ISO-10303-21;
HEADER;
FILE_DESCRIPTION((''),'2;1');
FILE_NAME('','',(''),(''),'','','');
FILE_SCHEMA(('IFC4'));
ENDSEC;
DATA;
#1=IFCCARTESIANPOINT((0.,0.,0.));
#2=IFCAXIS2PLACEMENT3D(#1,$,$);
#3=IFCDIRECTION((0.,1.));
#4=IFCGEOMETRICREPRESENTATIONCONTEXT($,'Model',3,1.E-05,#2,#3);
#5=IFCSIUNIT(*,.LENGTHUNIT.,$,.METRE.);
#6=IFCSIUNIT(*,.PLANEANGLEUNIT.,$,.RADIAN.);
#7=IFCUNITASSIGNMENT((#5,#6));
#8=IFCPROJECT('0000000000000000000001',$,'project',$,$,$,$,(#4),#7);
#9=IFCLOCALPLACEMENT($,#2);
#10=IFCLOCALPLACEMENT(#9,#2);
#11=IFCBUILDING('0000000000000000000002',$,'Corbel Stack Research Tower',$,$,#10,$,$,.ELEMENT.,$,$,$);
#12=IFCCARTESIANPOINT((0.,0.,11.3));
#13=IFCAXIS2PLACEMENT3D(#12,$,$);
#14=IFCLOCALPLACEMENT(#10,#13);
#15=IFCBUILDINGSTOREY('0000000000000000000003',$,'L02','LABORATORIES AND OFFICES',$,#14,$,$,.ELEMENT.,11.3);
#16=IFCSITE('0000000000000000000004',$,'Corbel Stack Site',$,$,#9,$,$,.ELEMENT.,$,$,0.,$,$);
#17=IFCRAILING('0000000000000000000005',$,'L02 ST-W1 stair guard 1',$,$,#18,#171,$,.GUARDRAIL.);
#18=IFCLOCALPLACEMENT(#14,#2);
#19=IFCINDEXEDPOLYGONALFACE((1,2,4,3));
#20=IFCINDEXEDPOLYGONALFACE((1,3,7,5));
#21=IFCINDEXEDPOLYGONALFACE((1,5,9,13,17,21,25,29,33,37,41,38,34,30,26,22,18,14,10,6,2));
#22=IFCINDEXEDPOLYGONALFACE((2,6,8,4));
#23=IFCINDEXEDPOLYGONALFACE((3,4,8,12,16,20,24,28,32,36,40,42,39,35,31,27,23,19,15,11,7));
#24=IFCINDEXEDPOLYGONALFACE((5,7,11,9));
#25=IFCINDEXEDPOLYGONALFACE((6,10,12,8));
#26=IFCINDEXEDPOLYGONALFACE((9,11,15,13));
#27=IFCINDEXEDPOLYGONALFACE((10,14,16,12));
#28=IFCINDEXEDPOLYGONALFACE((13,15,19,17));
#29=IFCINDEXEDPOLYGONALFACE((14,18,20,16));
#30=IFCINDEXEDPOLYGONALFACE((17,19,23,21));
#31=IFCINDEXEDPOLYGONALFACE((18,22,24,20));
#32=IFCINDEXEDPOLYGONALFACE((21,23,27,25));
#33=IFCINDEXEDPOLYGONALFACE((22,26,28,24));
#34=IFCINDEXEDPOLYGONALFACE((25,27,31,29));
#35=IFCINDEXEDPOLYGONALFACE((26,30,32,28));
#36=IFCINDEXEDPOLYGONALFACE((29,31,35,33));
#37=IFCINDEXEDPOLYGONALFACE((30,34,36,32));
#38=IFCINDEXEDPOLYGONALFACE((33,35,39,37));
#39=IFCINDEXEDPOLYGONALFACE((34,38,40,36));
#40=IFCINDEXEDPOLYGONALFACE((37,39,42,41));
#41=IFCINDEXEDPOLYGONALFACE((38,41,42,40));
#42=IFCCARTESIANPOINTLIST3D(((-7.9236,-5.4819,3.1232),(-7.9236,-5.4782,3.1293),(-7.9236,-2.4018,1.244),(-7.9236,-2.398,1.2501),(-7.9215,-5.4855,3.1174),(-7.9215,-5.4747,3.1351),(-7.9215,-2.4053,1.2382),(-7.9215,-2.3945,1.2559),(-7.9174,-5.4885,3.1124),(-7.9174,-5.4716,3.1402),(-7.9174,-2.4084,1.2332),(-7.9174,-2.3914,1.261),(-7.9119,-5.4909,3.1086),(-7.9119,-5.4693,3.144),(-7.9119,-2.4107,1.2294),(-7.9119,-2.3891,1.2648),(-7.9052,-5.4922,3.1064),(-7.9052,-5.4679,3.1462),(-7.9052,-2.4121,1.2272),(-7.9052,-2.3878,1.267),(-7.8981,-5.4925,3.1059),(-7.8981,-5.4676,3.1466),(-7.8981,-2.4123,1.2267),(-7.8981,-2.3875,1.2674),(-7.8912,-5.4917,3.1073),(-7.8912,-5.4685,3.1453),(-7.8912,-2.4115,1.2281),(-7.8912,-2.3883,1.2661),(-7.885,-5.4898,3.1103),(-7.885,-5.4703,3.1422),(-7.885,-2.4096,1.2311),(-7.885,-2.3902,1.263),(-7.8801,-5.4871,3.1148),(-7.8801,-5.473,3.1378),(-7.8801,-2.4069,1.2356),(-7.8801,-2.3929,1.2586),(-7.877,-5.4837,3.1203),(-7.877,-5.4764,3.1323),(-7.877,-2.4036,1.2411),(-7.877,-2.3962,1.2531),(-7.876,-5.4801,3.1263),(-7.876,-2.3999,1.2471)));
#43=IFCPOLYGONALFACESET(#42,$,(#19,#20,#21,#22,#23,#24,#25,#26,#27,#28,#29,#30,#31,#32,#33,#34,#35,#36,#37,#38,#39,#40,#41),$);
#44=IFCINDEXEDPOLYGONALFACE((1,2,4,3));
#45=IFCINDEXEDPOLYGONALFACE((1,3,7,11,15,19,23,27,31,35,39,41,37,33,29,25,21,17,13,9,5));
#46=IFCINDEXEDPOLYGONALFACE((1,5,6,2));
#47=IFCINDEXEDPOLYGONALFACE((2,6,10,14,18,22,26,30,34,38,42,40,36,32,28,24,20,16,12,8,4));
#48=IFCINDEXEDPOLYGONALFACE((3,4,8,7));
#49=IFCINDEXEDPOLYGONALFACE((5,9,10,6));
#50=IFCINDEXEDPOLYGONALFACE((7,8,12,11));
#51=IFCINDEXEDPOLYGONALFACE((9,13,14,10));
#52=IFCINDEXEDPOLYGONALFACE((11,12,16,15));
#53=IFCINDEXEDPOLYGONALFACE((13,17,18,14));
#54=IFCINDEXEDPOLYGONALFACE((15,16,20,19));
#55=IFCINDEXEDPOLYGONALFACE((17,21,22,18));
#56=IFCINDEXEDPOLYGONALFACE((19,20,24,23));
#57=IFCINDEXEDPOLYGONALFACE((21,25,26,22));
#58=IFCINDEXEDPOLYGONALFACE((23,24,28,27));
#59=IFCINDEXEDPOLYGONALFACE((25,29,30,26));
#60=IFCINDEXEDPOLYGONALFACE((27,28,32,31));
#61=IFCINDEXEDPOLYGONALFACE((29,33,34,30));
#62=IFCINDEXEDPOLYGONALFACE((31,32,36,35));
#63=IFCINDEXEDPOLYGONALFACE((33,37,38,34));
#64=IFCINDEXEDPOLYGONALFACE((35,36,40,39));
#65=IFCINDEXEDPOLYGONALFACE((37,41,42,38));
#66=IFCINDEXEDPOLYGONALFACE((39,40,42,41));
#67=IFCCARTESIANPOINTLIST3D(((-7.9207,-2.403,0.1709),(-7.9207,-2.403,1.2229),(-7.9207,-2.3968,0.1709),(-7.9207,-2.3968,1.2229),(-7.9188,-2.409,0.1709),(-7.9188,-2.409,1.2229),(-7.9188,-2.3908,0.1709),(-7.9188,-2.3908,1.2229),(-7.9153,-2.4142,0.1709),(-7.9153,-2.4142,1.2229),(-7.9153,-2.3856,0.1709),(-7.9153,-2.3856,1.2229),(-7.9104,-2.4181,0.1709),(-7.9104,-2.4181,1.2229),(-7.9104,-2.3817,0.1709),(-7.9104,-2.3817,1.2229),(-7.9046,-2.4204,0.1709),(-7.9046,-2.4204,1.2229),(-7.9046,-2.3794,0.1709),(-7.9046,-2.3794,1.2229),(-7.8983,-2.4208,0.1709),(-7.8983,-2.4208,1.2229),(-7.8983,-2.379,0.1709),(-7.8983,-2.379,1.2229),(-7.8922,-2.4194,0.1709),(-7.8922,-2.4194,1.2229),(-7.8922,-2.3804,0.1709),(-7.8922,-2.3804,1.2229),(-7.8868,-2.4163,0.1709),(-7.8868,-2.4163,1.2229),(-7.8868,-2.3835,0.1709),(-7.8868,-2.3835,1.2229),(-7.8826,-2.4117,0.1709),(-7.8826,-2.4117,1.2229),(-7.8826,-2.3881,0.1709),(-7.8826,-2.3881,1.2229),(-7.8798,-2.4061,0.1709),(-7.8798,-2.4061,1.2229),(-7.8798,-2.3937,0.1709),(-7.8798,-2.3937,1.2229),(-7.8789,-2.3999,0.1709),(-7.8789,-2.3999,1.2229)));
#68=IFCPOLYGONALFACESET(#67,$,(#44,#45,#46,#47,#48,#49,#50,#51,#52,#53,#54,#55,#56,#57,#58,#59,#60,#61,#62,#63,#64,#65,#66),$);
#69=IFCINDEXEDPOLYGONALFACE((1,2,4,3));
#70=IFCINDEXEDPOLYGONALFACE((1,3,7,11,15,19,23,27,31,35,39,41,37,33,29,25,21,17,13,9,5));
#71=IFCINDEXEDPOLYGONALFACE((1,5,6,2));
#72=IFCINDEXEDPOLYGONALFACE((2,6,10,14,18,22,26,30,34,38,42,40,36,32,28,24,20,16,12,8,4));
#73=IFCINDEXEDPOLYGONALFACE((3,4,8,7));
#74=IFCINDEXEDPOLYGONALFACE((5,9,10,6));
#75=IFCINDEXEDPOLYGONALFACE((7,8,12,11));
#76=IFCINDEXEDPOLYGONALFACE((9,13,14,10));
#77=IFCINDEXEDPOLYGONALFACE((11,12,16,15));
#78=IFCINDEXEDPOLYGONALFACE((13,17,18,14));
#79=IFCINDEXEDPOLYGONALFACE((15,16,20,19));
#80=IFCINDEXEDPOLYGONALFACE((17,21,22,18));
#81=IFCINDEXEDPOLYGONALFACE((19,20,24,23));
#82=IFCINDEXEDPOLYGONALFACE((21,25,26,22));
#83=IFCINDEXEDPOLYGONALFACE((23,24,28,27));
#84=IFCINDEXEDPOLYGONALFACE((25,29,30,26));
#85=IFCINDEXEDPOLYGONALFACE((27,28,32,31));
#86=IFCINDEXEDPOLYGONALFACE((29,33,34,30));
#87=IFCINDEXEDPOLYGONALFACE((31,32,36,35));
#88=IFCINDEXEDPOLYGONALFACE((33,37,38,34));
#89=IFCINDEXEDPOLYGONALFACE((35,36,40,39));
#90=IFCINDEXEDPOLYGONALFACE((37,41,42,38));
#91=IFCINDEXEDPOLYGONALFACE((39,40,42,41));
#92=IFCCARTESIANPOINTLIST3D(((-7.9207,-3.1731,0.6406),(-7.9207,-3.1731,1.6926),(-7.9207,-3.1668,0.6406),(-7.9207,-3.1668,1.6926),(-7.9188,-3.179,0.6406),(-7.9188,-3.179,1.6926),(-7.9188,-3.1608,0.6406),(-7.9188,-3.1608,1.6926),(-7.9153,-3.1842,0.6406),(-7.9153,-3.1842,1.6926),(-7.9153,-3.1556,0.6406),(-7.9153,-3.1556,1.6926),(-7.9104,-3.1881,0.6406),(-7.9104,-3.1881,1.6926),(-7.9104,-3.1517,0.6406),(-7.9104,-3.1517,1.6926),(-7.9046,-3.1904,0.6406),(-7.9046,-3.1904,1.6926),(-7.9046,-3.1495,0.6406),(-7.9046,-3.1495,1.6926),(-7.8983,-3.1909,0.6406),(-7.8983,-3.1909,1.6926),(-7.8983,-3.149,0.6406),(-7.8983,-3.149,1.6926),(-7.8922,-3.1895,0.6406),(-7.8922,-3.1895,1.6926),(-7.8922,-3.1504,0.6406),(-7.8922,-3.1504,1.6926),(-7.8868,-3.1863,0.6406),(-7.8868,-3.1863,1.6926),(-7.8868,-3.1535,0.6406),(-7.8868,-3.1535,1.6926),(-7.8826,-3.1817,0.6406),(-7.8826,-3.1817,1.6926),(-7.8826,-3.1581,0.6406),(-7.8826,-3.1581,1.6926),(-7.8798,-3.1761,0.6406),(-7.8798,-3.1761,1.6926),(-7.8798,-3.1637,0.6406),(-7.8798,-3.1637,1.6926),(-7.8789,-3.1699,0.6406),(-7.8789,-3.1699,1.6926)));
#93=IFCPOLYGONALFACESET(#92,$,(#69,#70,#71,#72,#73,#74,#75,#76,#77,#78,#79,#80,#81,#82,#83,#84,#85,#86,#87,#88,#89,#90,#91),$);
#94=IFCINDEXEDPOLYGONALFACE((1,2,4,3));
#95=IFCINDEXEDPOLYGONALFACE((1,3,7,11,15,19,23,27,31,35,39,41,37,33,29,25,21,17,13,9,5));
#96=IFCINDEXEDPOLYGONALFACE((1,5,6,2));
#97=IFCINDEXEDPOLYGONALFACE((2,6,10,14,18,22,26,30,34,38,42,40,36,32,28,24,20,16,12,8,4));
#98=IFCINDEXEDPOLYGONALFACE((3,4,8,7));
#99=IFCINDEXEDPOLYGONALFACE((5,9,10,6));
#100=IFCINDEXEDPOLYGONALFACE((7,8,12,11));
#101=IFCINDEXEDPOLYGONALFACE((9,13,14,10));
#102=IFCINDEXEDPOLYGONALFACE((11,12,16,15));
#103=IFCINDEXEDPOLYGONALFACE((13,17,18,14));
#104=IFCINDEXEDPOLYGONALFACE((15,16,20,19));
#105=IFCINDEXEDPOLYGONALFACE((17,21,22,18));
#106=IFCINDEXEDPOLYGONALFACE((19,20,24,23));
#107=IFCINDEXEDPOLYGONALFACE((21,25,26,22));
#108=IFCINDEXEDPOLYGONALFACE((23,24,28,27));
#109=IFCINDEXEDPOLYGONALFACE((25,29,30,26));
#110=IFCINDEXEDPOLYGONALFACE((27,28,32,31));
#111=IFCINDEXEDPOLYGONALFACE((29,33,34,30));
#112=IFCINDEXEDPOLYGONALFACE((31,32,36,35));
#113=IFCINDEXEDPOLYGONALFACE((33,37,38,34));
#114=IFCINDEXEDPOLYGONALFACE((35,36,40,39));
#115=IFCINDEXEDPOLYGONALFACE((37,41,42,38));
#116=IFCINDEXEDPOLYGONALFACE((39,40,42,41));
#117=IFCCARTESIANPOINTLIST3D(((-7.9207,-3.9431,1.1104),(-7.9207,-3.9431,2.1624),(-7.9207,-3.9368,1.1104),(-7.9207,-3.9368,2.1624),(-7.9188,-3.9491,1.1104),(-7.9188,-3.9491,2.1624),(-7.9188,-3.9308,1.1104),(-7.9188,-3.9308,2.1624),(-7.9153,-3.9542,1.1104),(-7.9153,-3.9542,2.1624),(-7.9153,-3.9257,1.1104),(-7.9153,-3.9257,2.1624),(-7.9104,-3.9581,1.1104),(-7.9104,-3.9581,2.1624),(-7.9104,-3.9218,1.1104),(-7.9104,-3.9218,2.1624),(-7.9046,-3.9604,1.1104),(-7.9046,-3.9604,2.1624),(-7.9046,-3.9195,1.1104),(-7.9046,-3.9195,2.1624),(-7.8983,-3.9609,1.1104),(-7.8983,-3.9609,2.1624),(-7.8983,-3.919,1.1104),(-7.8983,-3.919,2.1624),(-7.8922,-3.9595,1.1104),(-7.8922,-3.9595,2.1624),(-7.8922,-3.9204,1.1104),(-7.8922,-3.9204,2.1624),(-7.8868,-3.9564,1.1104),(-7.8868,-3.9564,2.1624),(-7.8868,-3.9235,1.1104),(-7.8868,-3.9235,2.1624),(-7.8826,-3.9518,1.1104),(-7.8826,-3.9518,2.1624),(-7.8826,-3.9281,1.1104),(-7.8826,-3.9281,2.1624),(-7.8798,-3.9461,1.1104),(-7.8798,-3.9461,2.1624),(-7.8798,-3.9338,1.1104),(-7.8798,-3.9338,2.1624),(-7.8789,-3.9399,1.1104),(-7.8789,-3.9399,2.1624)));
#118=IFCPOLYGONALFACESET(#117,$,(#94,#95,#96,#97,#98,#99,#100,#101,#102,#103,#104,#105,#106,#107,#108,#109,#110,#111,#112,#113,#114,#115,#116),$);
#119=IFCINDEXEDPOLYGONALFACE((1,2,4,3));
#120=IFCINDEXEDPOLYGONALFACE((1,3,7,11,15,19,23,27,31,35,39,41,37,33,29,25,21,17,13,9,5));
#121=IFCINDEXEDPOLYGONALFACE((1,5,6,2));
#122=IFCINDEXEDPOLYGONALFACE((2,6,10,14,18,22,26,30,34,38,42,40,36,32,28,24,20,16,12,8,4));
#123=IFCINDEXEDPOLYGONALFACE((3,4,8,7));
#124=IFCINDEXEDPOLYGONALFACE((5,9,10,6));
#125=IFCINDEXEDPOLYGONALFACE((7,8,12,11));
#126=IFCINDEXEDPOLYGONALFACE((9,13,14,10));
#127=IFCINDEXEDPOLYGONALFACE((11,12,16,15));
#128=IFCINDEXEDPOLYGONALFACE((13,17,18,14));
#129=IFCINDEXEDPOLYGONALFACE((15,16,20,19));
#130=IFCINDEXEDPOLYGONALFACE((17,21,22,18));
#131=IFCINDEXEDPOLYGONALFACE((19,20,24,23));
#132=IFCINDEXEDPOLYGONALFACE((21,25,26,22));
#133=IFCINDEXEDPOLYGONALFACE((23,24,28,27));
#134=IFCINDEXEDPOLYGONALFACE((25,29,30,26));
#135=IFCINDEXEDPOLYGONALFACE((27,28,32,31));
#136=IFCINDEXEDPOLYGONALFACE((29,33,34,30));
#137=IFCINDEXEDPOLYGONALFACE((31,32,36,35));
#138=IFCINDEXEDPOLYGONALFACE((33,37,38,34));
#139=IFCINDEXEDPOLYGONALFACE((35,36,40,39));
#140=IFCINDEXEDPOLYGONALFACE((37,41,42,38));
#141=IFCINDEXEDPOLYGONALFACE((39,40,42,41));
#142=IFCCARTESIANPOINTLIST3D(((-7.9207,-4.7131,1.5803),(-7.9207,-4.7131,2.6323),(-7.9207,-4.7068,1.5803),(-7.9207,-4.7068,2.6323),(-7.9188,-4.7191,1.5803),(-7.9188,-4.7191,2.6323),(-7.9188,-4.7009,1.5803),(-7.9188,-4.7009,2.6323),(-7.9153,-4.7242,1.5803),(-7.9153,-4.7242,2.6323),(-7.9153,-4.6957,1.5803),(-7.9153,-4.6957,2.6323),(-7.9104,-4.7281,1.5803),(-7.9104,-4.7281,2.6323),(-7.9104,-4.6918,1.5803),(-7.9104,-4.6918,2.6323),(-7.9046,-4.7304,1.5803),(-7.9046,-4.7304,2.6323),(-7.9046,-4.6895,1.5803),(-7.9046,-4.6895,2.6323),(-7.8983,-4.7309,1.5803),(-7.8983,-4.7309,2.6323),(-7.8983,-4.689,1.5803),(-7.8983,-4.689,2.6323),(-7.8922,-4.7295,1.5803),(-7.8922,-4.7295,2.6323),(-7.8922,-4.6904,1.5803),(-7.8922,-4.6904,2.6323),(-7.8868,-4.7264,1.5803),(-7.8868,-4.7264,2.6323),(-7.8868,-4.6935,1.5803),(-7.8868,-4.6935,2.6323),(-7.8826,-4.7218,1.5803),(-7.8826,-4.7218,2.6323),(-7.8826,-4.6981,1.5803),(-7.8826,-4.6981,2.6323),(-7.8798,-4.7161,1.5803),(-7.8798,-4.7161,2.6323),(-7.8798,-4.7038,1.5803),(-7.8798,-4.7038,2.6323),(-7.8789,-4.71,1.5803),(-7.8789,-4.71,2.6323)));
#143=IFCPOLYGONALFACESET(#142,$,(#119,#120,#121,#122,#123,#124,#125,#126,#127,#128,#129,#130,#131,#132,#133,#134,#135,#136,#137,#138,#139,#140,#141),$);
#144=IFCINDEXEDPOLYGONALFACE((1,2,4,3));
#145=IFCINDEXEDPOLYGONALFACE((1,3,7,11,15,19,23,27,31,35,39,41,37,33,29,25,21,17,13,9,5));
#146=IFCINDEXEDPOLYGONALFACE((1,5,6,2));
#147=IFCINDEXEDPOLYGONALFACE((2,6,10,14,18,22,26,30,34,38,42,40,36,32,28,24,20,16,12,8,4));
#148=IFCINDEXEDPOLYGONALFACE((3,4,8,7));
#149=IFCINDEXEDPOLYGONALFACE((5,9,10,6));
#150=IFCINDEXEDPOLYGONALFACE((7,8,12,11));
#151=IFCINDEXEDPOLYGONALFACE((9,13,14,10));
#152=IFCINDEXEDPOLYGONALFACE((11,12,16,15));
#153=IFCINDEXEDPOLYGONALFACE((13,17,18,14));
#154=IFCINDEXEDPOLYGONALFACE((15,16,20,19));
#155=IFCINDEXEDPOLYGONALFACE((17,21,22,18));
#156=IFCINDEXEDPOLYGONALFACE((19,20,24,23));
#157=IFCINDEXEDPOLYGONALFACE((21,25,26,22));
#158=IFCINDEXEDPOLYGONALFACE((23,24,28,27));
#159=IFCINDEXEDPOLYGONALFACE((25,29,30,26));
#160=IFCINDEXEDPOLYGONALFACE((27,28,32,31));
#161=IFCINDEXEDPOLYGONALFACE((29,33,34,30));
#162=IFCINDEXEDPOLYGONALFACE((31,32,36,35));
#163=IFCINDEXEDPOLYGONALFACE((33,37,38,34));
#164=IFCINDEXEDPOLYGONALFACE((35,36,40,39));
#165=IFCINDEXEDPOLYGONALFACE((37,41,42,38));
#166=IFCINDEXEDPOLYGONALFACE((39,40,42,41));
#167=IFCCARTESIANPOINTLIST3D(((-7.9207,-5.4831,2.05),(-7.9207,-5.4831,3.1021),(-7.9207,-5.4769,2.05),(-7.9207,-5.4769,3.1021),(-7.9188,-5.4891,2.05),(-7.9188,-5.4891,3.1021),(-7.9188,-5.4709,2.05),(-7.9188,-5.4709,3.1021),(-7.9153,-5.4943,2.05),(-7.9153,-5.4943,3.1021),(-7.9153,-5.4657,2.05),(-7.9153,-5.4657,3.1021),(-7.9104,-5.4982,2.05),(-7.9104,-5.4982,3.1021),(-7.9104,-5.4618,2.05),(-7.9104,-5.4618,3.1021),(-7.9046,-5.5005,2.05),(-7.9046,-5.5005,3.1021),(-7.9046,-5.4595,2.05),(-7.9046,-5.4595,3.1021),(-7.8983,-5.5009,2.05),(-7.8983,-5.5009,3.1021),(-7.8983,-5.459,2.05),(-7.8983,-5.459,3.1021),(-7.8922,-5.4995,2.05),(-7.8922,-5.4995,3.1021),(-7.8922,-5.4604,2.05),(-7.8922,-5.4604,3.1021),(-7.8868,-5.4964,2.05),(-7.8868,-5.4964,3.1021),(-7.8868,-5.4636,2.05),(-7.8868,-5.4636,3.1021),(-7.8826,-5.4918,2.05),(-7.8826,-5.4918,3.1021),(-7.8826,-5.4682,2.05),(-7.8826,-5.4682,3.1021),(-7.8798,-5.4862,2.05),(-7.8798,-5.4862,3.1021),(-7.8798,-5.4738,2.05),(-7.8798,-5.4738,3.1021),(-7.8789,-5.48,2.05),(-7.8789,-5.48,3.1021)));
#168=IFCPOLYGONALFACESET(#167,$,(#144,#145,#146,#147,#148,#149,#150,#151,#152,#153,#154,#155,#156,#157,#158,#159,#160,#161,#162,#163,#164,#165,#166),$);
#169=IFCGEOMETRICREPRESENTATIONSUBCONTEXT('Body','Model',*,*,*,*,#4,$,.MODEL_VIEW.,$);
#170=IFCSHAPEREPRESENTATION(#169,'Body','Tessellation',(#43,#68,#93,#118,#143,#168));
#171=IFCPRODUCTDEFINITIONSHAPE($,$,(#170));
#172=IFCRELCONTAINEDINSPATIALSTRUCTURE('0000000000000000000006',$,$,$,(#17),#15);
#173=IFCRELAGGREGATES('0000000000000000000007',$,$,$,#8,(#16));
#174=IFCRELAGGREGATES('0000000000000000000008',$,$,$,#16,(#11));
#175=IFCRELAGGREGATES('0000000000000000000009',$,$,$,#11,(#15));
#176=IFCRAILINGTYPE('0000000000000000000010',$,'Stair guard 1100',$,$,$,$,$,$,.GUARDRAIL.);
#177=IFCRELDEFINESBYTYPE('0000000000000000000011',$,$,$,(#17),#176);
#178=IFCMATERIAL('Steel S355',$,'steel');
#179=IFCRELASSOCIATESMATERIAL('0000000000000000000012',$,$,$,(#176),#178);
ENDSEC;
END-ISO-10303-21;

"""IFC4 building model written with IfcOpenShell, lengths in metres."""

from ifc_helpers import new_model, si_unit, direction, frame, origin, origin_2d, place, context, subcontext, project, spatial, circle, extrude, material, type_object, element, save


model = new_model("IFC4")

# Units and contexts
model_context = context("Model", 3, precision=1e-05, world=origin(), true_north=direction((0.0, 1.0)))
body_context = subcontext(model_context, "Body", "Model", "MODEL_VIEW")
ifc_project = project(units=[si_unit("LENGTHUNIT", "METRE"), si_unit("PLANEANGLEUNIT", "RADIAN")], contexts=[model_context])

# Site, building, storey
site_placement = place(None, origin())
site = spatial("IfcSite", under=ifc_project, at=site_placement, Name="Corbel Stack Site", CompositionType="ELEMENT", RefElevation=0.0)
building_placement = place(site_placement, origin())
building = spatial("IfcBuilding", under=site, at=building_placement, Name="Corbel Stack Research Tower", CompositionType="ELEMENT")
storey_placement = place(building_placement, frame((0.0, 0.0, 11.3)))
storey = spatial("IfcBuildingStorey", under=building, at=storey_placement, Name="L02", Description="LABORATORIES AND OFFICES", CompositionType="ELEMENT", Elevation=11.3)

# Railing
ifc_material_1 = material(Name="Steel S355", Category="steel")
railing_type_1 = type_object("IfcRailingType", Name="Stair guard 1100", PredefinedType="GUARDRAIL", material=ifc_material_1)
railing_1_placement = place(storey_placement, frame((-7.8999, -2.3999, 0.1709)))
element("IfcRailing", 1, at=railing_1_placement, inside=storey, type_object=railing_type_1, Name="L02 ST-W1 stair guard 1", PredefinedType="GUARDRAIL", context=body_context, shape_type="SweptSolid", body=[
    extrude(circle(Radius=0.0239, at=origin_2d()), frame((0.0, 0.0, 1.0762), z_axis=(0.0, -0.853666, 0.52082), x_axis=(1.0, 0.0, 0.0)), (0.0, 0.0, 1.0), 3.6082),
    extrude(circle(Radius=0.021, at=origin_2d()), origin(), (0.0, 0.0, 1.0), 1.052),
    extrude(circle(Radius=0.021, at=origin_2d()), frame((0.0, -0.77, 0.4697)), (0.0, 0.0, 1.0), 1.052),
    extrude(circle(Radius=0.021, at=origin_2d()), frame((0.0, -1.54, 0.9395)), (0.0, 0.0, 1.0), 1.052),
    extrude(circle(Radius=0.021, at=origin_2d()), frame((0.0, -2.3101, 1.4094)), (0.0, 0.0, 1.0), 1.052),
    extrude(circle(Radius=0.021, at=origin_2d()), frame((0.0, -3.0801, 1.8792)), (0.0, 0.0, 1.0), 1.052),
])

save(model, "model.ifc")
